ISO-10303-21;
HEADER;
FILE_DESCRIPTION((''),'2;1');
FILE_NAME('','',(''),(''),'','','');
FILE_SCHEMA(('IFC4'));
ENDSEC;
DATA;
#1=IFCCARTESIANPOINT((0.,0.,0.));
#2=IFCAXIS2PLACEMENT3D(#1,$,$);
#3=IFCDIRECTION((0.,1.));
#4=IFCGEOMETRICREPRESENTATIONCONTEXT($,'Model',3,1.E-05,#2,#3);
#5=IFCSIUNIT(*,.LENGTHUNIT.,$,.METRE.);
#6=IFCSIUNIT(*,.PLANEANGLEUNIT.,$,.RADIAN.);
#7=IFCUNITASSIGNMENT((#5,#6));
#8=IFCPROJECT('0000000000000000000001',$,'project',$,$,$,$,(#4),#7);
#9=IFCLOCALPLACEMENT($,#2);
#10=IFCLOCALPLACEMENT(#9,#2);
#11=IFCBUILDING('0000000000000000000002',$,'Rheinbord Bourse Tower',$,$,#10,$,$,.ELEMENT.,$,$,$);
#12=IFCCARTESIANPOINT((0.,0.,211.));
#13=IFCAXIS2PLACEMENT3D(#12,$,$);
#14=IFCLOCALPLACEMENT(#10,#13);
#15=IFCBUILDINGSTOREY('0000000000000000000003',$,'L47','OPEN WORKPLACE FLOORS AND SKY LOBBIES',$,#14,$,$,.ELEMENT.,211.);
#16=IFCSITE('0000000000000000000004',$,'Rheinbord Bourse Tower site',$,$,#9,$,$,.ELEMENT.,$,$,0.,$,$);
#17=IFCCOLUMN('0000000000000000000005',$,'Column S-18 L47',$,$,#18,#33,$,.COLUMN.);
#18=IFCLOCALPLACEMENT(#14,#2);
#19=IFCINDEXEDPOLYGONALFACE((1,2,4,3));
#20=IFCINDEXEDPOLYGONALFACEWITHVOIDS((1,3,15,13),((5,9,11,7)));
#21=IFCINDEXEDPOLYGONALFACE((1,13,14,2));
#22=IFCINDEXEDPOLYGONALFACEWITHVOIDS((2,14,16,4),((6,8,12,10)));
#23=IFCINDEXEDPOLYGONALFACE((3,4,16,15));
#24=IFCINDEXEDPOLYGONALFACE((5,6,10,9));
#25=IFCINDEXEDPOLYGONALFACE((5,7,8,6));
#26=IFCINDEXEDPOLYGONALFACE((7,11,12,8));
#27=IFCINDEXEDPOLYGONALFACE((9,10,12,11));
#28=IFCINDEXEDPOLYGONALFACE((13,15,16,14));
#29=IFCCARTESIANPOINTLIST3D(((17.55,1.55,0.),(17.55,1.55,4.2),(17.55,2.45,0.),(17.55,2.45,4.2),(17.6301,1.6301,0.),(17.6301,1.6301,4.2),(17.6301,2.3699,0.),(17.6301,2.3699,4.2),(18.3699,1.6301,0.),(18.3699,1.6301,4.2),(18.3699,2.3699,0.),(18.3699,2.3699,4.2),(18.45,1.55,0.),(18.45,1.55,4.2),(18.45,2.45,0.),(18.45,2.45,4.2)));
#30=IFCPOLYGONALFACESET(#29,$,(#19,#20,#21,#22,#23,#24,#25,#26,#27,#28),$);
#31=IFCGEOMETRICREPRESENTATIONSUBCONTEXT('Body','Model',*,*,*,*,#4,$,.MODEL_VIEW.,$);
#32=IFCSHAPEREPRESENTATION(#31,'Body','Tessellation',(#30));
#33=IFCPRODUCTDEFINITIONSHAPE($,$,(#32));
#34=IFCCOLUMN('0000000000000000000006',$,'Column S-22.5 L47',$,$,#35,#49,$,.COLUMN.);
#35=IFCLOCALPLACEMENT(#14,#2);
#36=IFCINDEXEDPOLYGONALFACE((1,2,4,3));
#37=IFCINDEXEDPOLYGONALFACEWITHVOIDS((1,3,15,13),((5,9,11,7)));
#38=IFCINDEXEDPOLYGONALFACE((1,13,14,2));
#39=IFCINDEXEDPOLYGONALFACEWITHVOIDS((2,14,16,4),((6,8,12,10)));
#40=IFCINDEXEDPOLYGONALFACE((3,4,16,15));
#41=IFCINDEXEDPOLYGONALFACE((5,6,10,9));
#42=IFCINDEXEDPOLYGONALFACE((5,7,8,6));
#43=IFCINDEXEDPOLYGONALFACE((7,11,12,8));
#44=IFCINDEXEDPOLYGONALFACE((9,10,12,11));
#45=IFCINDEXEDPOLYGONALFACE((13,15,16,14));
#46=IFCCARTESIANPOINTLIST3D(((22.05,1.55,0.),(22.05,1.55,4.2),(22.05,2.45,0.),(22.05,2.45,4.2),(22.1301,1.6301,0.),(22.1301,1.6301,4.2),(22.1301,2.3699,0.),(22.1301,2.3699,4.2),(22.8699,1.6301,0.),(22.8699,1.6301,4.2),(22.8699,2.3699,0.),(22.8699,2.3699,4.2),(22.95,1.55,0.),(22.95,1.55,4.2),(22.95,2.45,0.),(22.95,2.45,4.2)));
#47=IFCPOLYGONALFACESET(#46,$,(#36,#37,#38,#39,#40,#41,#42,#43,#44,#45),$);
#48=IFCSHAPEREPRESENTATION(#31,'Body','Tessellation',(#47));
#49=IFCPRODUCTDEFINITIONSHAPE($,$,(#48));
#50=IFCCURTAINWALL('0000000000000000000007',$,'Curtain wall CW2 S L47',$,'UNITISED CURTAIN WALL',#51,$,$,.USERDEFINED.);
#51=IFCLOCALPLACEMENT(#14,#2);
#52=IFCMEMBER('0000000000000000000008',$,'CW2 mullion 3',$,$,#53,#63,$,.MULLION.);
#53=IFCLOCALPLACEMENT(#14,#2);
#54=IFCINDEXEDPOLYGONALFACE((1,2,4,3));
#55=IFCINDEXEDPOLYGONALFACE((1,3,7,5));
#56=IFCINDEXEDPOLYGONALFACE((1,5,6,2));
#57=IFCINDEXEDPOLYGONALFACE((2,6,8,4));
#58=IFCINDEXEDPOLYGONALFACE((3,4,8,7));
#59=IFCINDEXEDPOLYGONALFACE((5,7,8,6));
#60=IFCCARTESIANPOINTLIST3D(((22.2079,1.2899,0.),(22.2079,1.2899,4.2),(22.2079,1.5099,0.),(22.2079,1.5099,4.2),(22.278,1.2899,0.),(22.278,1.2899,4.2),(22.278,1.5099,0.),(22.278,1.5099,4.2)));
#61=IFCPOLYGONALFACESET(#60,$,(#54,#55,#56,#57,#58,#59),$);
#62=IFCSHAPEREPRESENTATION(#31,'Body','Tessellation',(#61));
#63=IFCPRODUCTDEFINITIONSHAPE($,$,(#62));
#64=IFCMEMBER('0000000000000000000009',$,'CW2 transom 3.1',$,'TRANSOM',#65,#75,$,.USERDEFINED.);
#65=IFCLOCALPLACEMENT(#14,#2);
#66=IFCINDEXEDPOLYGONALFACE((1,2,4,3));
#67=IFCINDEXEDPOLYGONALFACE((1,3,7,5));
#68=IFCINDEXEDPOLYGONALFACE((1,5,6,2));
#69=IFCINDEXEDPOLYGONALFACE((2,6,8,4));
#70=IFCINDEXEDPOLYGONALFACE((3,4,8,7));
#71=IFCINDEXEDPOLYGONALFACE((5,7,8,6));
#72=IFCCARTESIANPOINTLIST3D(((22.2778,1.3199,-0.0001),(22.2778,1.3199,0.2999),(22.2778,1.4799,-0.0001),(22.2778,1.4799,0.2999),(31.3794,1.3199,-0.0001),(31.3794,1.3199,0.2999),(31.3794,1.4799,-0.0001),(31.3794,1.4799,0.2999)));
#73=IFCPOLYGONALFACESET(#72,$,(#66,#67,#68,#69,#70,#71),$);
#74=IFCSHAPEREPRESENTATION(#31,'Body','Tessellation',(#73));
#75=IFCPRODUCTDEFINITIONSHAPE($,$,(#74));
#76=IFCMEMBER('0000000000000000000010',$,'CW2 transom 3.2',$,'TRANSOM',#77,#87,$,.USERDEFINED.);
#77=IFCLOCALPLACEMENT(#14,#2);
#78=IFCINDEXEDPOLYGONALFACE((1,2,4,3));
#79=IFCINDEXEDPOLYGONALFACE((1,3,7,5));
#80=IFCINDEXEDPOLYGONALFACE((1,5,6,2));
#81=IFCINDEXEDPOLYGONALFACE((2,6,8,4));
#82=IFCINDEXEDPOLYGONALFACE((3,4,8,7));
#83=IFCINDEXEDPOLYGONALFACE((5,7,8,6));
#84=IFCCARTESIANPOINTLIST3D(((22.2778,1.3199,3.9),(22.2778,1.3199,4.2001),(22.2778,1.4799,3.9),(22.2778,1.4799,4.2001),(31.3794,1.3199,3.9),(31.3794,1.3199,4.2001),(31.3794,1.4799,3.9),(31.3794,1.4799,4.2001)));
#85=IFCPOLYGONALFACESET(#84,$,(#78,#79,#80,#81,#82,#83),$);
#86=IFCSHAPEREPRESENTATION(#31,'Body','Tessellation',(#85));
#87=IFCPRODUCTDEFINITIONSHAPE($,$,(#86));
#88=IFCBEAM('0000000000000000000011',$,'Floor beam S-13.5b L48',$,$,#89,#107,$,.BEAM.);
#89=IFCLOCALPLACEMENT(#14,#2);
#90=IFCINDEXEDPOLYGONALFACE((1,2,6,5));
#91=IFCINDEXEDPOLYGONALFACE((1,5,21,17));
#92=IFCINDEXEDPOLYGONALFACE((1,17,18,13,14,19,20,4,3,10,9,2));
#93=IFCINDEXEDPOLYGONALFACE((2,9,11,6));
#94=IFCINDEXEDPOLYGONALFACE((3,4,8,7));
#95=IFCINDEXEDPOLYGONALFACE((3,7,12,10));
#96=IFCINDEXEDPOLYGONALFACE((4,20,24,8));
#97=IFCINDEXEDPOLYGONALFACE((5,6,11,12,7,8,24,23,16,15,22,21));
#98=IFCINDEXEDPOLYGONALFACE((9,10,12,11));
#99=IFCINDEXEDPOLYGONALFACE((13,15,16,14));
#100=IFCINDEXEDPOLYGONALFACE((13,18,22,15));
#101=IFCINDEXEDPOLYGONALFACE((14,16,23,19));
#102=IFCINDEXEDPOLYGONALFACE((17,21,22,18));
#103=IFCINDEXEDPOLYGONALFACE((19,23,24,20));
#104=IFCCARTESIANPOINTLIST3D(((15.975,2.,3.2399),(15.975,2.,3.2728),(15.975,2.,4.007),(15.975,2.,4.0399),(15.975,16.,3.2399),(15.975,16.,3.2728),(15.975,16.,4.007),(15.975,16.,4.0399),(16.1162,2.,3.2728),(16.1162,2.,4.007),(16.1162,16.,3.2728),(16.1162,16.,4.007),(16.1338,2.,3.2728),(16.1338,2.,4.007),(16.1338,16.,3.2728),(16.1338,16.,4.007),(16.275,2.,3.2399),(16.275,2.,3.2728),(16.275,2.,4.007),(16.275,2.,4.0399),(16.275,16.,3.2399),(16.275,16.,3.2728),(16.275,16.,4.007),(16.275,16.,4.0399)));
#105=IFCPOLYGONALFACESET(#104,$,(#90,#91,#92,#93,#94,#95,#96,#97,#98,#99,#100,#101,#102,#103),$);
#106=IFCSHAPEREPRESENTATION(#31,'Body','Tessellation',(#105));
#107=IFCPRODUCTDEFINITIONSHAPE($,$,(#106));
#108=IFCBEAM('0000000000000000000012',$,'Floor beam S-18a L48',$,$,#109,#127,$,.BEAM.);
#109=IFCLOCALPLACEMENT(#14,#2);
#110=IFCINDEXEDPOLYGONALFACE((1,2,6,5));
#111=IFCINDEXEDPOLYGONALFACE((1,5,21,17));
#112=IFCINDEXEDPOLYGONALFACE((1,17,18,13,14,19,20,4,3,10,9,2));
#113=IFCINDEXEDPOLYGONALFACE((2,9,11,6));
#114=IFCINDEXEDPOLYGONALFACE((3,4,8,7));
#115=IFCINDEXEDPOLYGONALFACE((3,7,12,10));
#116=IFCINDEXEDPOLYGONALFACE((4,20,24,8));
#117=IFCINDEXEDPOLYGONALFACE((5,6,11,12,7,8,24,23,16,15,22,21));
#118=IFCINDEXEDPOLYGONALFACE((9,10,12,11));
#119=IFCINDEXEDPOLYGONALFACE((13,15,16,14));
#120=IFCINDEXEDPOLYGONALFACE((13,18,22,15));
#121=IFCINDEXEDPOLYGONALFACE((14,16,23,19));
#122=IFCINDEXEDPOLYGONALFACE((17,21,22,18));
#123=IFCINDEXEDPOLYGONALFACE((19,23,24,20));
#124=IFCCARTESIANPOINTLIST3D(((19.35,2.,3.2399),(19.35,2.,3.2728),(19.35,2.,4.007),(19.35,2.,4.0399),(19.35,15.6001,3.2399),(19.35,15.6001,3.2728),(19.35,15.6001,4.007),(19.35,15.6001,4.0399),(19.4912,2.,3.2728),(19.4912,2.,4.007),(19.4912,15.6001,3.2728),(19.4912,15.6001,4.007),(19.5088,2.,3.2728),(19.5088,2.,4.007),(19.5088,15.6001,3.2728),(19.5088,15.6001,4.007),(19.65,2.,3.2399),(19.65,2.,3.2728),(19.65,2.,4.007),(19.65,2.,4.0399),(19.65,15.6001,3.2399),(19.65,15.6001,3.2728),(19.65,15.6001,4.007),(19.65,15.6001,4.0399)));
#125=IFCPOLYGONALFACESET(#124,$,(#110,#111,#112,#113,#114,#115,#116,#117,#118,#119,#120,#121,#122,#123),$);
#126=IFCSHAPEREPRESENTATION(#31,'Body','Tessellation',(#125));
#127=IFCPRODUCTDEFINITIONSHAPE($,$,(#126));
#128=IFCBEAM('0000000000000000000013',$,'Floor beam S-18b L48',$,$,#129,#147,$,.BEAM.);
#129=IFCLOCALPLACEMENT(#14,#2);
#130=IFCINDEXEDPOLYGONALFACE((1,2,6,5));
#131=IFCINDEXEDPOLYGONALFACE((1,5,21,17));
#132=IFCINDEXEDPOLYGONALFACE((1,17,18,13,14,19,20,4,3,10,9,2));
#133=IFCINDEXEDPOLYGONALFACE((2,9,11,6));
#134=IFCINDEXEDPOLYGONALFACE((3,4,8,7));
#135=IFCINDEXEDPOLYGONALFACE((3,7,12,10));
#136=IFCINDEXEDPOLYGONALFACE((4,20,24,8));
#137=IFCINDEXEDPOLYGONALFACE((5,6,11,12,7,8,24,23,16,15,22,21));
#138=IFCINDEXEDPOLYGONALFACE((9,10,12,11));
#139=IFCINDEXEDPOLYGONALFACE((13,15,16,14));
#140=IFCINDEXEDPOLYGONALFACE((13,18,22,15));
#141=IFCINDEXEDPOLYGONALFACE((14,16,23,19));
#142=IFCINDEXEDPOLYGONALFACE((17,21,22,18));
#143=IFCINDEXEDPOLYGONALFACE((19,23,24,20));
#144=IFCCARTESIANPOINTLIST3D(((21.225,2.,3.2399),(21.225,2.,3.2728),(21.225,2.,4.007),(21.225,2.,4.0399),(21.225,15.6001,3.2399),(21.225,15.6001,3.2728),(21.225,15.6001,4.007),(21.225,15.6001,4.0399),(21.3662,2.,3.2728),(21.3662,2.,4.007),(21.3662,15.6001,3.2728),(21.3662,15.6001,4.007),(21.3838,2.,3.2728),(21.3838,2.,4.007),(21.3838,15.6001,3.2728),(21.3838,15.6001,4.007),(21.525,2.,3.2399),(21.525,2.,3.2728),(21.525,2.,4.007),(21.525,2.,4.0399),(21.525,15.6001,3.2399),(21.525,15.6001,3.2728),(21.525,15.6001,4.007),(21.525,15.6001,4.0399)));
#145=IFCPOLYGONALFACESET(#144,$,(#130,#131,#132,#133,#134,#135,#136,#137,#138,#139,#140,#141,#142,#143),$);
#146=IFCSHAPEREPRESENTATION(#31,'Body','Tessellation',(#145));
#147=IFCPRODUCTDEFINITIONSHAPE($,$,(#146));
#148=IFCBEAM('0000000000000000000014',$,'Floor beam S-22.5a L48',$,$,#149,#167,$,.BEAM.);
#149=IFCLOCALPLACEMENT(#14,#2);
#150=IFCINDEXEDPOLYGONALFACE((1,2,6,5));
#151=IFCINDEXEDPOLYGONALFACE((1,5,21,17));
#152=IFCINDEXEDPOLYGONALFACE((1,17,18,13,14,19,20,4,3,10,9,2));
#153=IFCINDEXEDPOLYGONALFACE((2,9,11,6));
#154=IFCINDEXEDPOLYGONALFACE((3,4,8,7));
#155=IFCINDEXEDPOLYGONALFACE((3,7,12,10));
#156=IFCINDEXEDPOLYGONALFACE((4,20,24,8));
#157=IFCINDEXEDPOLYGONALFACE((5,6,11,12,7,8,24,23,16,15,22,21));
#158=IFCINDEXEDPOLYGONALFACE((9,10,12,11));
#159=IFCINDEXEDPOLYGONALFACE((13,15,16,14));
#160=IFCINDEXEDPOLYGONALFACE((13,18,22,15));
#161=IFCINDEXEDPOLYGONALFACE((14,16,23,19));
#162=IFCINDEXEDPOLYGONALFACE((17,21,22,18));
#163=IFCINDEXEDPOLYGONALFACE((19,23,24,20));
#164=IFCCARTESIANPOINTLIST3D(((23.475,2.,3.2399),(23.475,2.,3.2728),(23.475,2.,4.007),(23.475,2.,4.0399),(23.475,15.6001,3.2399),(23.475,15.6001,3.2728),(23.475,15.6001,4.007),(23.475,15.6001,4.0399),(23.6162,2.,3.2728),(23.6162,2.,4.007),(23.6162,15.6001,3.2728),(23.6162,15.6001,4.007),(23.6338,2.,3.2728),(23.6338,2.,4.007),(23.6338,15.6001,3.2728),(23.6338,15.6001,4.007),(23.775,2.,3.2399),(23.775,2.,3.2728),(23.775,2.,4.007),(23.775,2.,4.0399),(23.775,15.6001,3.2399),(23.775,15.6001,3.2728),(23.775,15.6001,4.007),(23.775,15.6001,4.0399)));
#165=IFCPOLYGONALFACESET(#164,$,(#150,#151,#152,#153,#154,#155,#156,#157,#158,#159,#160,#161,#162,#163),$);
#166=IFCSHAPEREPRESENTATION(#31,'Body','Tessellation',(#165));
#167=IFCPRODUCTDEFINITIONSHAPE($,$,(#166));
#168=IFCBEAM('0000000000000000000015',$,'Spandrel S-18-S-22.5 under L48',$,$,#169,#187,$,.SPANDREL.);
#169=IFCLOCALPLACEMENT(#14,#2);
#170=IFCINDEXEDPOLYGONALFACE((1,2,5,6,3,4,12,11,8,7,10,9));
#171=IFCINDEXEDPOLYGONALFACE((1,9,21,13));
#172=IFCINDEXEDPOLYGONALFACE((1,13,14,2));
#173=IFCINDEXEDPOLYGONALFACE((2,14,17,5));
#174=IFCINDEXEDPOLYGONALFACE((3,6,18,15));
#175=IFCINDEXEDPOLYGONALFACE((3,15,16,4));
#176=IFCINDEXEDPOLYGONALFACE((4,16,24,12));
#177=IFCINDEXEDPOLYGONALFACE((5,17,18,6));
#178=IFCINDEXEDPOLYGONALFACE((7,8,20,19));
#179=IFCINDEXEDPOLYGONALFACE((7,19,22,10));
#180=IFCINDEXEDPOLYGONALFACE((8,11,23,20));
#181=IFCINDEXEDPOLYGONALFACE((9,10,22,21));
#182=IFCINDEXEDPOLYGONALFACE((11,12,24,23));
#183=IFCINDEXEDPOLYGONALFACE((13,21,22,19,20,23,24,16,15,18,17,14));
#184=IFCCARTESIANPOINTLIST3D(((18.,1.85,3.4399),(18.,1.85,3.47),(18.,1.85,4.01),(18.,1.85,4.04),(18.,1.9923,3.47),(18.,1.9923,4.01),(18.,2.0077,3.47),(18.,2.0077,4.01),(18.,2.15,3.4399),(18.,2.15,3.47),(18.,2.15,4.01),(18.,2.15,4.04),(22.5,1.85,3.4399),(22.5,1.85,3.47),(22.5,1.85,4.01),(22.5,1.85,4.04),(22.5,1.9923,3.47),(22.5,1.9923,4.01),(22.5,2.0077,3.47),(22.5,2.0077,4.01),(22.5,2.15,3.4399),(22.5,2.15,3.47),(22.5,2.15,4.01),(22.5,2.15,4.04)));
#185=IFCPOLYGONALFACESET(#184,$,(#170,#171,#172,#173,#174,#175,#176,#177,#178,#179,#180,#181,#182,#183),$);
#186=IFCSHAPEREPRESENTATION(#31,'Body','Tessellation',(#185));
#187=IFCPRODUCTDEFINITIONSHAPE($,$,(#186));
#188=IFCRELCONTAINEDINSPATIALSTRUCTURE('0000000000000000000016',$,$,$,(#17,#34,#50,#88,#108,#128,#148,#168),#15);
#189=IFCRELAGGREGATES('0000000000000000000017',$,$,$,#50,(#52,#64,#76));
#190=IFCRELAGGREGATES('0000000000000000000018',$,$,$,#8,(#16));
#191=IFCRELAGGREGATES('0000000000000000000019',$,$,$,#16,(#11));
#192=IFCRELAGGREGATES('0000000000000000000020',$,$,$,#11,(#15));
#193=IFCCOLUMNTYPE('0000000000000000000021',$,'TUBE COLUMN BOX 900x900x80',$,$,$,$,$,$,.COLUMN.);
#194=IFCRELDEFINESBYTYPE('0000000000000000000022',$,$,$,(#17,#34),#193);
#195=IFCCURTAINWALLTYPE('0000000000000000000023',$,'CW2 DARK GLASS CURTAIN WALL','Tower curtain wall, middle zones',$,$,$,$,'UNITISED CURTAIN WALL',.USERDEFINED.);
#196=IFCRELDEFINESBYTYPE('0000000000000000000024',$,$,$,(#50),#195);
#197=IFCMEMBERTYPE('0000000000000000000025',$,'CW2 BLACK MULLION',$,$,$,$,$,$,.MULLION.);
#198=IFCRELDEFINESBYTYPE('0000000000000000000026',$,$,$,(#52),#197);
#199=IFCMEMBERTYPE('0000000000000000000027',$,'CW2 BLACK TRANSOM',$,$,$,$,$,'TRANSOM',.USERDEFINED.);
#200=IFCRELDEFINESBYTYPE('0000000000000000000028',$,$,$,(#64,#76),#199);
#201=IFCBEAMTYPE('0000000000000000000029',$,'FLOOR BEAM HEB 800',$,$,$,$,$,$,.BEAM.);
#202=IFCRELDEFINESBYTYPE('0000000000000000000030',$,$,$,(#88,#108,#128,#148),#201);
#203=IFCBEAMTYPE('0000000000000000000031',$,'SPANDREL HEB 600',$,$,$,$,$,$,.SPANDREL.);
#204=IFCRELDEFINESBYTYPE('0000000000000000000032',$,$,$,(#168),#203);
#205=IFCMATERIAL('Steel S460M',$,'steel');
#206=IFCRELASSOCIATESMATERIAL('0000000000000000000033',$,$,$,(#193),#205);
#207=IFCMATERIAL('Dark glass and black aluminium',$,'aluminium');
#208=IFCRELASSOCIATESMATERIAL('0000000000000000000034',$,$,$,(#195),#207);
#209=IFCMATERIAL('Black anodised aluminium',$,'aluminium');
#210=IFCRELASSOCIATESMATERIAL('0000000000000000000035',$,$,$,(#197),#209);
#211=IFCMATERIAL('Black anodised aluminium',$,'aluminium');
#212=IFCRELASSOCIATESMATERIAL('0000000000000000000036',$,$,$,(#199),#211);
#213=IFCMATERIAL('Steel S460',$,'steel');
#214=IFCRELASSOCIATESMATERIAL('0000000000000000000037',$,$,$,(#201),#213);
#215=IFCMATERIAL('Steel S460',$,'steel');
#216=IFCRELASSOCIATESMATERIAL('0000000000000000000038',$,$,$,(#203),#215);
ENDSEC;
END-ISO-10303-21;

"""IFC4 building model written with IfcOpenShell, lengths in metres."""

from ifc_helpers import new_model, si_unit, direction, frame, origin, origin_2d, place, context, subcontext, project, spatial, rectangle, hollow_rectangle, i_section, extrude, material, material_profile, profile_set, type_object, element, aggregate, save


model = new_model("IFC4")

# Units and contexts
model_context = context("Model", 3, precision=1e-05, world=origin(), true_north=direction((0.0, 1.0)))
body_context = subcontext(model_context, "Body", "Model", "MODEL_VIEW")
ifc_project = project(units=[si_unit("LENGTHUNIT", "METRE"), si_unit("PLANEANGLEUNIT", "RADIAN")], contexts=[model_context])

# Site, building, storey
site_placement = place(None, origin())
site = spatial("IfcSite", under=ifc_project, at=site_placement, Name="Rheinbord Bourse Tower site", CompositionType="ELEMENT", RefElevation=0.0)
building_placement = place(site_placement, origin())
building = spatial("IfcBuilding", under=site, at=building_placement, Name="Rheinbord Bourse Tower", CompositionType="ELEMENT")
storey_placement = place(building_placement, frame((0.0, 0.0, 211.0)))
storey = spatial("IfcBuildingStorey", under=building, at=storey_placement, Name="L47", Description="OPEN WORKPLACE FLOORS AND SKY LOBBIES", CompositionType="ELEMENT", Elevation=211.0)

# Columns
ifc_material_1 = material(Name="Steel S460M", Category="steel")
ifc_material_profile_1 = material_profile(ifc_material_1, hollow_rectangle(XDim=0.8999, YDim=0.8999, WallThickness=0.0801, at=origin_2d()), Name="BOX 900x900x80")
ifc_profile_set_1 = profile_set([ifc_material_profile_1], Name="Steel S460M")
column_type = type_object("IfcColumnType", Name="TUBE COLUMN BOX 900x900x80", PredefinedType="COLUMN", material=ifc_profile_set_1)
for number, where, z_axis, x_axis, name in (
    (1, (18.0, 2.0, 0.0), (0.0, 0.0, 1.0), (0.0, 1.0, 0.0), "Column S-18 L47"),
    (2, (22.5, 2.0, 0.0), (0.0, 0.0, 1.0), (0.0, 1.0, 0.0), "Column S-22.5 L47"),
):
    element("IfcColumn", number, at=place(storey_placement, frame(where, z_axis=z_axis, x_axis=x_axis)), inside=storey, type_object=column_type, Name=name, PredefinedType="COLUMN", context=body_context, shape_type="SweptSolid", body=[
        extrude(hollow_rectangle(XDim=0.8999, YDim=0.8999, WallThickness=0.0801, at=origin_2d()), origin(), (0.0, 0.0, 1.0), 4.2),
    ])

# Curtain wall, members
ifc_material_2 = material(Name="Dark glass and black aluminium", Category="aluminium")
curtain_wall_type = type_object("IfcCurtainWallType", Name="CW2 DARK GLASS CURTAIN WALL", Description="Tower curtain wall, middle zones", ElementType="UNITISED CURTAIN WALL", PredefinedType="USERDEFINED", material=ifc_material_2)
curtain_wall_placement = place(storey_placement, origin())
curtain_wall = element("IfcCurtainWall", 3, at=curtain_wall_placement, inside=storey, type_object=curtain_wall_type, Name="Curtain wall CW2 S L47", ObjectType="UNITISED CURTAIN WALL", PredefinedType="USERDEFINED")
ifc_material_3 = material(Name="Black anodised aluminium", Category="aluminium")
ifc_material_profile_2 = material_profile(ifc_material_3, rectangle(XDim=0.22, YDim=0.0701, at=origin_2d()), Name="CW2 MULLION 70x220")
ifc_profile_set_2 = profile_set([ifc_material_profile_2], Name="Black anodised aluminium")
member_type_1 = type_object("IfcMemberType", Name="CW2 BLACK MULLION", PredefinedType="MULLION", material=ifc_profile_set_2)
member_1_placement = place(storey_placement, frame((22.2429, 1.3999, 0.0), z_axis=(0.0, 0.0, 1.0), x_axis=(0.0, 1.0, 0.0)))
member_1 = element("IfcMember", 4, at=member_1_placement, type_object=member_type_1, Name="CW2 mullion 3", PredefinedType="MULLION", context=body_context, shape_type="SweptSolid", body=[
    extrude(rectangle(XDim=0.22, YDim=0.0701, at=origin_2d()), origin(), (0.0, 0.0, 1.0), 4.2),
])
ifc_material_4 = material(Name="Black anodised aluminium", Category="aluminium")
ifc_material_profile_3 = material_profile(ifc_material_4, rectangle(XDim=0.1599, YDim=0.3, at=origin_2d()), Name="CW2 TRANSOM 300x160")
ifc_profile_set_3 = profile_set([ifc_material_profile_3], Name="Black anodised aluminium")
member_type_2 = type_object("IfcMemberType", Name="CW2 BLACK TRANSOM", ElementType="TRANSOM", PredefinedType="USERDEFINED", material=ifc_profile_set_3)
member_2_placement = place(storey_placement, frame((22.2778, 1.3999, 0.1499), z_axis=(1.0, 0.0, 0.0), x_axis=(0.0, 1.0, 0.0)))
member_2 = element("IfcMember", 5, at=member_2_placement, type_object=member_type_2, Name="CW2 transom 3.1", ObjectType="TRANSOM", PredefinedType="USERDEFINED", context=body_context, shape_type="SweptSolid", body=[
    extrude(rectangle(XDim=0.1599, YDim=0.3, at=origin_2d()), origin(), (0.0, 0.0, 1.0), 9.1016),
])
member_3_placement = place(storey_placement, frame((22.2778, 1.3999, 4.05), z_axis=(1.0, 0.0, 0.0), x_axis=(0.0, 1.0, 0.0)))
member_3 = element("IfcMember", 6, at=member_3_placement, type_object=member_type_2, Name="CW2 transom 3.2", ObjectType="TRANSOM", PredefinedType="USERDEFINED", context=body_context, shape_type="SweptSolid", body=[
    extrude(rectangle(XDim=0.1599, YDim=0.3, at=origin_2d()), origin(), (0.0, 0.0, 1.0), 9.1016),
])

# Beams
ifc_material_5 = material(Name="Steel S460", Category="steel")
ifc_material_profile_4 = material_profile(ifc_material_5, i_section(OverallWidth=0.3, OverallDepth=0.8, WebThickness=0.0176, FlangeThickness=0.033, at=origin_2d()), Name="HEB 800")
ifc_profile_set_4 = profile_set([ifc_material_profile_4], Name="Steel S460")
beam_type_1 = type_object("IfcBeamType", Name="FLOOR BEAM HEB 800", PredefinedType="BEAM", material=ifc_profile_set_4)
beam_placement = place(storey_placement, frame((16.125, 2.0, 3.6399), z_axis=(0.0, 1.0, 0.0), x_axis=(-1.0, 0.0, 0.0)))
element("IfcBeam", 7, at=beam_placement, inside=storey, type_object=beam_type_1, Name="Floor beam S-13.5b L48", PredefinedType="BEAM", context=body_context, shape_type="SweptSolid", body=[
    extrude(i_section(OverallWidth=0.3, OverallDepth=0.8, WebThickness=0.0176, FlangeThickness=0.033, at=origin_2d()), origin(), (0.0, 0.0, 1.0), 14.0),
])
for number, where, z_axis, x_axis, name in (
    (8, (19.5, 2.0, 3.6399), (0.0, 1.0, 0.0), (-1.0, 0.0, 0.0), "Floor beam S-18a L48"),
    (9, (21.375, 2.0, 3.6399), (0.0, 1.0, 0.0), (-1.0, 0.0, 0.0), "Floor beam S-18b L48"),
    (10, (23.625, 2.0, 3.6399), (0.0, 1.0, 0.0), (-1.0, 0.0, 0.0), "Floor beam S-22.5a L48"),
):
    element("IfcBeam", number, at=place(storey_placement, frame(where, z_axis=z_axis, x_axis=x_axis)), inside=storey, type_object=beam_type_1, Name=name, PredefinedType="BEAM", context=body_context, shape_type="SweptSolid", body=[
        extrude(i_section(OverallWidth=0.3, OverallDepth=0.8, WebThickness=0.0176, FlangeThickness=0.033, at=origin_2d()), origin(), (0.0, 0.0, 1.0), 13.6001),
    ])
ifc_material_6 = material(Name="Steel S460", Category="steel")
ifc_material_profile_5 = material_profile(ifc_material_6, i_section(OverallWidth=0.3, OverallDepth=0.6001, WebThickness=0.0154, FlangeThickness=0.03, at=origin_2d()), Name="HEB 600")
ifc_profile_set_5 = profile_set([ifc_material_profile_5], Name="Steel S460")
beam_type_2 = type_object("IfcBeamType", Name="SPANDREL HEB 600", PredefinedType="SPANDREL", material=ifc_profile_set_5)
for number, where, z_axis, x_axis, name in (
    (11, (18.0, 2.0, 3.74), (1.0, 0.0, 0.0), (0.0, 1.0, 0.0), "Spandrel S-18-S-22.5 under L48"),
):
    element("IfcBeam", number, at=place(storey_placement, frame(where, z_axis=z_axis, x_axis=x_axis)), inside=storey, type_object=beam_type_2, Name=name, PredefinedType="SPANDREL", context=body_context, shape_type="SweptSolid", body=[
        extrude(i_section(OverallWidth=0.3, OverallDepth=0.6001, WebThickness=0.0154, FlangeThickness=0.03, at=origin_2d()), origin(), (0.0, 0.0, 1.0), 4.5),
    ])

aggregate(curtain_wall, [member_1, member_2, member_3])

save(model, "model.ifc")
